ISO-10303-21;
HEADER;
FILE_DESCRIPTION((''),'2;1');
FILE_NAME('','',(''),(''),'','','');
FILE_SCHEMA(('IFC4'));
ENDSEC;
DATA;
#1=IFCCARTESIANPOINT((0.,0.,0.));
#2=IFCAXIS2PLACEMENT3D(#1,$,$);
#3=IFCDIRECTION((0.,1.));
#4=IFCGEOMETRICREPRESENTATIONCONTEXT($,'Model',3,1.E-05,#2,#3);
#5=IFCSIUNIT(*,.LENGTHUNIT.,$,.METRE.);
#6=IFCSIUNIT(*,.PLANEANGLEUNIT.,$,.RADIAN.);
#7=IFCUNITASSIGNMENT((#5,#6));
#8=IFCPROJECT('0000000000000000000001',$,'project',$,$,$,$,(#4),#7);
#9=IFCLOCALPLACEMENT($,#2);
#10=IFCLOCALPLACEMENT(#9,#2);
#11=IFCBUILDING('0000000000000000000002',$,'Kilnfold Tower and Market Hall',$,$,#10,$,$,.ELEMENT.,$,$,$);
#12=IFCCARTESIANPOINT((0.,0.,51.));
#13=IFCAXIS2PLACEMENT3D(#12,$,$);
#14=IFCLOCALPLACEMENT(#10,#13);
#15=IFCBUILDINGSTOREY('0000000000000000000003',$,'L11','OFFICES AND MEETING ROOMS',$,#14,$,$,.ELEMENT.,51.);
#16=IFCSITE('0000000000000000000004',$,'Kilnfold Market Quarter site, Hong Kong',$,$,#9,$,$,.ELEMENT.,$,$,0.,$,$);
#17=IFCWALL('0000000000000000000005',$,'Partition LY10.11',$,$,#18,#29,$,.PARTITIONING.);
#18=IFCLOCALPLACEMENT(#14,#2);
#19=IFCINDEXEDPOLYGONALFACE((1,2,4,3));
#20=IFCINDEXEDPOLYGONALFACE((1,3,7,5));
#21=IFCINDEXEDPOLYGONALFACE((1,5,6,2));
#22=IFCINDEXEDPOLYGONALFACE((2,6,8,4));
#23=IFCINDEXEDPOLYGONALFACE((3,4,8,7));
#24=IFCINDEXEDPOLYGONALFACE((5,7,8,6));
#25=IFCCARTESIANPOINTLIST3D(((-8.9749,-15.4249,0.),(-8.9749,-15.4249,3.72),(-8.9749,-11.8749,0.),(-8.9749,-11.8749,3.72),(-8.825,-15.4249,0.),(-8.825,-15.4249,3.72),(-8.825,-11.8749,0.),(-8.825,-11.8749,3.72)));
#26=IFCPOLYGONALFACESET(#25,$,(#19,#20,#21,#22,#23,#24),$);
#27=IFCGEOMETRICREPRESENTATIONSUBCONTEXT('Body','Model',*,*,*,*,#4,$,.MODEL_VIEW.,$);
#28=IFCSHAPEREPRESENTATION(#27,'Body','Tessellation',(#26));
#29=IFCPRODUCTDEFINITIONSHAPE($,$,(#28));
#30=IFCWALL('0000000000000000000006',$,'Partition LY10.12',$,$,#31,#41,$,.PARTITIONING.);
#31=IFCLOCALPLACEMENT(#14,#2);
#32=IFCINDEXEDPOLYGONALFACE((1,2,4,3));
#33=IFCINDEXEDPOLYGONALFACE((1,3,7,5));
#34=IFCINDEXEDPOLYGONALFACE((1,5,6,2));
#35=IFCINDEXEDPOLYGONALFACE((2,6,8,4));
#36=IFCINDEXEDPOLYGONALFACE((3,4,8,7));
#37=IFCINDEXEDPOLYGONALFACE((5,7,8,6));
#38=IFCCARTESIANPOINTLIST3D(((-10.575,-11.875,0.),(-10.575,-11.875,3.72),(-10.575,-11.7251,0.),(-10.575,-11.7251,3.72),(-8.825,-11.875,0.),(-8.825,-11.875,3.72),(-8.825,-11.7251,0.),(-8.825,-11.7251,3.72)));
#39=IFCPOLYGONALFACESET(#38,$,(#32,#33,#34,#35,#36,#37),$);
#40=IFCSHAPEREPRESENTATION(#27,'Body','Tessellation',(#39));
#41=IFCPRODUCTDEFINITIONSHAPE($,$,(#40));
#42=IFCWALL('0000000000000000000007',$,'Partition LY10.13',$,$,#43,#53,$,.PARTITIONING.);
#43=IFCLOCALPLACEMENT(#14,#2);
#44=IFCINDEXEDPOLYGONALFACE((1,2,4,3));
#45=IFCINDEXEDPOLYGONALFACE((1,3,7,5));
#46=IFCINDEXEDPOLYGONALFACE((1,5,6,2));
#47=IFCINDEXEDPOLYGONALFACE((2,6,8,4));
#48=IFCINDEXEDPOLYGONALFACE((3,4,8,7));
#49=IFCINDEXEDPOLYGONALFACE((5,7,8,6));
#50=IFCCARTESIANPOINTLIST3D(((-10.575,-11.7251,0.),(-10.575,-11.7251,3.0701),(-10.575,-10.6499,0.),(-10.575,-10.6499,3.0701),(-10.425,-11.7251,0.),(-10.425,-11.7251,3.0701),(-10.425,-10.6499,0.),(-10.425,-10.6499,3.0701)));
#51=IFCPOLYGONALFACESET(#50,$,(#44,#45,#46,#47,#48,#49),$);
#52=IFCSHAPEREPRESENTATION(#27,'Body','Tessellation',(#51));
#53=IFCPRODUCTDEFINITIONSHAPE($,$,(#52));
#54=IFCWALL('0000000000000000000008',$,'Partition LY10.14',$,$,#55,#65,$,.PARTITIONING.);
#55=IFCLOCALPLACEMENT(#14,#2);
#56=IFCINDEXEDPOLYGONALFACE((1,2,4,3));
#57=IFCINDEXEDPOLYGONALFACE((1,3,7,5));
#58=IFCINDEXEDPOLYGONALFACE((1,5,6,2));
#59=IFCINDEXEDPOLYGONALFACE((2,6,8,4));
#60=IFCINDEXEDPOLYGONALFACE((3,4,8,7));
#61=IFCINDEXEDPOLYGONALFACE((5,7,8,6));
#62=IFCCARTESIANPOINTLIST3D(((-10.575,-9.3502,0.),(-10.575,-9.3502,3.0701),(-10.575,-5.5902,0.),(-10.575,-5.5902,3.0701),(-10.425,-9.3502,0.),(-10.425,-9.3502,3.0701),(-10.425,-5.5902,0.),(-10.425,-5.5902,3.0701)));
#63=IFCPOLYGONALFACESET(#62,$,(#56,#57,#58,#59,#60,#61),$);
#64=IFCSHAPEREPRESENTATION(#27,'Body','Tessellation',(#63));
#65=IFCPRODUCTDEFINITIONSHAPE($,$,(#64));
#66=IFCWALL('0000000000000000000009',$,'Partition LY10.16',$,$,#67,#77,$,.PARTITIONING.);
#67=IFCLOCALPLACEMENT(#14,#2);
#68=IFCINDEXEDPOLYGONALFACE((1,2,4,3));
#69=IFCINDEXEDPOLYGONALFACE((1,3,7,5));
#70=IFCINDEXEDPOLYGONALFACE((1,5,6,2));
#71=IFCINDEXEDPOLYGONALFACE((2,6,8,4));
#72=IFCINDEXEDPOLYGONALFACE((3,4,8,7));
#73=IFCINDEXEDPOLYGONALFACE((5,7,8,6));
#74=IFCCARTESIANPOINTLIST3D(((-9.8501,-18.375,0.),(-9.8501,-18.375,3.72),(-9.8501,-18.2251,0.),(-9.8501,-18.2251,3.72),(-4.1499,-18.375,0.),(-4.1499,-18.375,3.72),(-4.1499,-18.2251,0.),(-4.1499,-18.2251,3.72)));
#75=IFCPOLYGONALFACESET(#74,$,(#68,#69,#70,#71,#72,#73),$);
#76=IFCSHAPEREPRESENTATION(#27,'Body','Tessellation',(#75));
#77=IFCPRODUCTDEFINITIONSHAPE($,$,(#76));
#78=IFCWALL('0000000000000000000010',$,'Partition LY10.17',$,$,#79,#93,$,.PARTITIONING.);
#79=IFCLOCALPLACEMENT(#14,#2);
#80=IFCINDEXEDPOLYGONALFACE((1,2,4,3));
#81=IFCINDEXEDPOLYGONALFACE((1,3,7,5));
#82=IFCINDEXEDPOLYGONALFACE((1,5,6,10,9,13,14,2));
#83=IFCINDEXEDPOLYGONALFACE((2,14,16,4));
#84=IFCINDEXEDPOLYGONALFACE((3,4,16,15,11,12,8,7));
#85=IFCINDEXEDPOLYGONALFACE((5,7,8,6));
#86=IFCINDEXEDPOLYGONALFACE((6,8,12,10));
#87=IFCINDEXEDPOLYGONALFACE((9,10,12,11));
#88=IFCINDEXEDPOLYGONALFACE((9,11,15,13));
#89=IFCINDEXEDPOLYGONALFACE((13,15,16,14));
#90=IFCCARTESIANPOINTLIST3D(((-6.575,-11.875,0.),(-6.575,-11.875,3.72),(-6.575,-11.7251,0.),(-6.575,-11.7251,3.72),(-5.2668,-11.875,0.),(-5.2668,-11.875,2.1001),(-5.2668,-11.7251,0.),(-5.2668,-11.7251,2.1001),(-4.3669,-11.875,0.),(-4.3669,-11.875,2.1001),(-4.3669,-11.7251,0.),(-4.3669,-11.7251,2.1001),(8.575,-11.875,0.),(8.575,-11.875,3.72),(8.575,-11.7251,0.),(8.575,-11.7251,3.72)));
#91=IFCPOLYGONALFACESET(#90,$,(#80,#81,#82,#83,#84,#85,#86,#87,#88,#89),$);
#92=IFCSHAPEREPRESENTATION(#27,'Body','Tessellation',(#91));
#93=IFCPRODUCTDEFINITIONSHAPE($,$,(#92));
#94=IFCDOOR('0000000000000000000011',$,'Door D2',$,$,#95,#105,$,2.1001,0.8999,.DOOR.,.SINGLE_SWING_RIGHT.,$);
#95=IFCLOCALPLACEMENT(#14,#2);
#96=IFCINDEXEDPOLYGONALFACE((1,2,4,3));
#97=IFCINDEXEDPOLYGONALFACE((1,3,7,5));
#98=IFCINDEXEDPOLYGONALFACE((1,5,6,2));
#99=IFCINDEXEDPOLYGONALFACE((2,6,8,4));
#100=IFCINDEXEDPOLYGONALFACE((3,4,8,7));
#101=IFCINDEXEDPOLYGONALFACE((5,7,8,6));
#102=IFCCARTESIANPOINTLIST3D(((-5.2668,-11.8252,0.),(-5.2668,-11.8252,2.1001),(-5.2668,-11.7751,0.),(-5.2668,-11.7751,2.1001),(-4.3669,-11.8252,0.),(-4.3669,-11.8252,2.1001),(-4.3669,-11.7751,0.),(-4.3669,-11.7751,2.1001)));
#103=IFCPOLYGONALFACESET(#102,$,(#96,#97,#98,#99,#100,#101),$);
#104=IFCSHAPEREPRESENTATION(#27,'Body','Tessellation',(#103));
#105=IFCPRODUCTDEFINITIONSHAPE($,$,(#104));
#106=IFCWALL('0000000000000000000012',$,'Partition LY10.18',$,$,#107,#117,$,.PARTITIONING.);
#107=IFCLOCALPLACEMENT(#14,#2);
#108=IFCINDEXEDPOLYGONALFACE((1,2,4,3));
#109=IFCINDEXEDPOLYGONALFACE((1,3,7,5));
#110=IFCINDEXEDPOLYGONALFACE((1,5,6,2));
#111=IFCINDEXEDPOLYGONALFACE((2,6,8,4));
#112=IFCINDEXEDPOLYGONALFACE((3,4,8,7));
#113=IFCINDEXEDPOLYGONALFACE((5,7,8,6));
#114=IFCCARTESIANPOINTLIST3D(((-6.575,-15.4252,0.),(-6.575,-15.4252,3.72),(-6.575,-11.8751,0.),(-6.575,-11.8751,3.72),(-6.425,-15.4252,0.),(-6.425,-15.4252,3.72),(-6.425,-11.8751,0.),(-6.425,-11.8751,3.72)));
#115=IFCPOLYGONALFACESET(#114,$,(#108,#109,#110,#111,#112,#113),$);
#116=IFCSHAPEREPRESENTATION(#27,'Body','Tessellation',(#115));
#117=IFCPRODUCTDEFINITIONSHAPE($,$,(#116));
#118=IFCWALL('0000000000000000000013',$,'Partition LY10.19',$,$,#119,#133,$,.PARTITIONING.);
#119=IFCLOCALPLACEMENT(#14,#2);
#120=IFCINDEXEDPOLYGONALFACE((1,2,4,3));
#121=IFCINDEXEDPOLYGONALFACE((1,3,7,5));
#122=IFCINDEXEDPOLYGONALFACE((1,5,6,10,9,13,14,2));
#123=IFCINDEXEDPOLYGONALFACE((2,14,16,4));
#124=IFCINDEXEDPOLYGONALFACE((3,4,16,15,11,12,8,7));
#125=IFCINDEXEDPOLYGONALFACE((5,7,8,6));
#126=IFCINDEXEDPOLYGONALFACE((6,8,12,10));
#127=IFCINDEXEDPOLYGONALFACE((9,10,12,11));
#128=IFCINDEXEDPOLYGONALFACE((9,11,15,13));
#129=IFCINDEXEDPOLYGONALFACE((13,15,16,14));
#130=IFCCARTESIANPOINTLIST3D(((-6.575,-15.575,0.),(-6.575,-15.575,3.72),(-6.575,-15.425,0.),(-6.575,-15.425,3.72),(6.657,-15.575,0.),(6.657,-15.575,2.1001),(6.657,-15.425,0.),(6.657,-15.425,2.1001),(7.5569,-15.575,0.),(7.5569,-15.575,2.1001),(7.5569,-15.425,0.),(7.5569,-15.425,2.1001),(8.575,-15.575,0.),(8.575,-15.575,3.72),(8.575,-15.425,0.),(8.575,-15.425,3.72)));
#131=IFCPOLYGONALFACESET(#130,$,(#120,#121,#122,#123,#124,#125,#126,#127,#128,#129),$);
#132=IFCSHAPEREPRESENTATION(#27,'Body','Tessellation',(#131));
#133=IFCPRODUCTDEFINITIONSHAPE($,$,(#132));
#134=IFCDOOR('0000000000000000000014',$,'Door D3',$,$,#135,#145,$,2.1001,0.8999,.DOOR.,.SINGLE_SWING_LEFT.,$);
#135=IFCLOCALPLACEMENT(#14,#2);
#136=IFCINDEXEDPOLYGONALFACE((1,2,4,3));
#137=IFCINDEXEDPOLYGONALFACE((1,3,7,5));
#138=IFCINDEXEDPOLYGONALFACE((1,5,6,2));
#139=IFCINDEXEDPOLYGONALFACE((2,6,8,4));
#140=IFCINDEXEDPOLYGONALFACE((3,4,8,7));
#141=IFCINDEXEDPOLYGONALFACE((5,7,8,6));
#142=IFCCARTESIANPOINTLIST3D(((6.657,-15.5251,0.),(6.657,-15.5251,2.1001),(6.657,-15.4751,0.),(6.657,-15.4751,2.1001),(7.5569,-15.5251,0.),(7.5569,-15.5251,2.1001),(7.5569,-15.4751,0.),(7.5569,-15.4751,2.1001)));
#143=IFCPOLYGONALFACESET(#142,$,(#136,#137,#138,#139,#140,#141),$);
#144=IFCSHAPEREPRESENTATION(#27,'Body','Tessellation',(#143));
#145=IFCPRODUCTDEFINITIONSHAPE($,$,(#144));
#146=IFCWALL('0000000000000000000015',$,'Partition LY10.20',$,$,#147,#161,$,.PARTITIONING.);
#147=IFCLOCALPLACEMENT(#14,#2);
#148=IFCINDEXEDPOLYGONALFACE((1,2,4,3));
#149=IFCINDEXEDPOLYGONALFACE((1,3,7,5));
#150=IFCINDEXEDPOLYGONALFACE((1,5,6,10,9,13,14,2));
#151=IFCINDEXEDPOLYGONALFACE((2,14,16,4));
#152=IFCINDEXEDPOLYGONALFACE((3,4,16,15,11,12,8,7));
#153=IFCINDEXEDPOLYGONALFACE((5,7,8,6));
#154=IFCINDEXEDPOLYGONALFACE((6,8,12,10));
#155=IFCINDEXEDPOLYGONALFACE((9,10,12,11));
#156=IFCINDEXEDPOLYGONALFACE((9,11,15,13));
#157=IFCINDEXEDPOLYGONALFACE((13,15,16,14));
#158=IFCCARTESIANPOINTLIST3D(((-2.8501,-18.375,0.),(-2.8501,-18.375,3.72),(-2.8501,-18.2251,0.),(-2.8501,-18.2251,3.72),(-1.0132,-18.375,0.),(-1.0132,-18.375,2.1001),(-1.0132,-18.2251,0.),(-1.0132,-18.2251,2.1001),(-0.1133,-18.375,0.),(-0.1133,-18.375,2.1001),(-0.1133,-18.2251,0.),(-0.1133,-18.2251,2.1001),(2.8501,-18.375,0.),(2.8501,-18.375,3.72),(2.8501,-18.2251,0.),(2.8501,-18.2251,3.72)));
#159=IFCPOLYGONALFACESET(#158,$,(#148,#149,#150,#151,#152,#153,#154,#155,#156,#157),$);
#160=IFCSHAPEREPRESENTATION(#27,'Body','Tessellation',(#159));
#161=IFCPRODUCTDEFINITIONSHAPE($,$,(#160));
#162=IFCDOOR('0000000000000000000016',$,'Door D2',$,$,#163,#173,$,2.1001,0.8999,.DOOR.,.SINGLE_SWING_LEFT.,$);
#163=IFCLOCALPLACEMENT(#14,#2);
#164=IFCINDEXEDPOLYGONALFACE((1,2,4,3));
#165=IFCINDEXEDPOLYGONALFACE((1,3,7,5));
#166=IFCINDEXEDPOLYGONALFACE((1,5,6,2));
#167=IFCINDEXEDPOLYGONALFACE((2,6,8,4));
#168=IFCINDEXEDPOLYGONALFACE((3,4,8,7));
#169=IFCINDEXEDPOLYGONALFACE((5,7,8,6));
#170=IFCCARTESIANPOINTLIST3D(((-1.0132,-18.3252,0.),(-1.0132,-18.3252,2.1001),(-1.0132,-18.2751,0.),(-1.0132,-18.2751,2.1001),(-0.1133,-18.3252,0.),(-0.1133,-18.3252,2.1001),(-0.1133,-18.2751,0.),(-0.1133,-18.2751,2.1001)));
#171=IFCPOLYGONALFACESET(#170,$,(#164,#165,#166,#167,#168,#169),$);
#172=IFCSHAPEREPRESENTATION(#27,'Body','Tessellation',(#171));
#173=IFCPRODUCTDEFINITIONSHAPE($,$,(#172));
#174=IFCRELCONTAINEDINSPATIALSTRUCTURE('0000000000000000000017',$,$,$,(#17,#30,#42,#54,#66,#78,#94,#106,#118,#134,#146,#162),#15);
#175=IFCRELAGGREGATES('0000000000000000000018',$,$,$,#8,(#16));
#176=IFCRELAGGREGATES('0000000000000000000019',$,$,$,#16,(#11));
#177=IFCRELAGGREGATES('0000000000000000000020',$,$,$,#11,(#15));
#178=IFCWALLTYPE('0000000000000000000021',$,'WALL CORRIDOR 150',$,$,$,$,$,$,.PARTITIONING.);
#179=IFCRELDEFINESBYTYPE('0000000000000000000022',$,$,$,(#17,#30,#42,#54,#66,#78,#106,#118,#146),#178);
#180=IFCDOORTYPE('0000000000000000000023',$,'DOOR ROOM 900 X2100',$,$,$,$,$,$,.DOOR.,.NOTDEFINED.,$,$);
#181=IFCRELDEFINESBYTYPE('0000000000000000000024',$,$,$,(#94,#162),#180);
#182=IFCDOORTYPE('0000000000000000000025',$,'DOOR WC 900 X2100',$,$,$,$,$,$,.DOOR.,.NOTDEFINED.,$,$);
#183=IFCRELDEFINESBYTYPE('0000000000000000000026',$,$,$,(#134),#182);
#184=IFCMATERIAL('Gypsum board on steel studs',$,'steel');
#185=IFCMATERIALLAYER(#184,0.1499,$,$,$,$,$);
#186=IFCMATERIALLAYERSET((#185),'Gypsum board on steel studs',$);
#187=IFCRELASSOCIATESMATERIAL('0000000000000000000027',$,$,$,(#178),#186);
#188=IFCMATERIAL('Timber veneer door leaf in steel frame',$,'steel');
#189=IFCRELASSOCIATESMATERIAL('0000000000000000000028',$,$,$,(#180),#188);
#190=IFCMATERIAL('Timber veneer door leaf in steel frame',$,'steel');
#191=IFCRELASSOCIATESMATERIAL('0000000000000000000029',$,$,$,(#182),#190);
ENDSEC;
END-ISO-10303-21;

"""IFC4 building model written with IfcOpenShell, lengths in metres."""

from ifc_helpers import new_model, si_unit, direction, frame, frame_2d, origin, place, context, subcontext, project, spatial, rectangle, extrude, material, layer, layer_set, type_object, element, fill, save


model = new_model("IFC4")

# Units and contexts
model_context = context("Model", 3, precision=1e-05, world=origin(), true_north=direction((0.0, 1.0)))
body_context = subcontext(model_context, "Body", "Model", "MODEL_VIEW")
ifc_project = project(units=[si_unit("LENGTHUNIT", "METRE"), si_unit("PLANEANGLEUNIT", "RADIAN")], contexts=[model_context])

# Site, building, storey
site_placement = place(None, origin())
site = spatial("IfcSite", under=ifc_project, at=site_placement, Name="Kilnfold Market Quarter site, Hong Kong", CompositionType="ELEMENT", RefElevation=0.0)
building_placement = place(site_placement, origin())
building = spatial("IfcBuilding", under=site, at=building_placement, Name="Kilnfold Tower and Market Hall", CompositionType="ELEMENT")
storey_placement = place(building_placement, frame((0.0, 0.0, 51.0)))
storey = spatial("IfcBuildingStorey", under=building, at=storey_placement, Name="L11", Description="OFFICES AND MEETING ROOMS", CompositionType="ELEMENT", Elevation=51.0)

# Walls
ifc_material_1 = material(Name="Gypsum board on steel studs", Category="steel")
ifc_layer_1 = layer(ifc_material_1, 0.1499)
ifc_layer_set_1 = layer_set([ifc_layer_1], Name="Gypsum board on steel studs")
wall_type_1 = type_object("IfcWallType", Name="WALL CORRIDOR 150", PredefinedType="PARTITIONING", material=ifc_layer_set_1)
wall_1_placement = place(storey_placement, frame((-8.8999, -11.875, 0.0), z_axis=(0.0, 0.0, 1.0), x_axis=(0.0, -1.0, 0.0)))
element("IfcWall", 1, at=wall_1_placement, inside=storey, type_object=wall_type_1, Name="Partition LY10.11", PredefinedType="PARTITIONING", context=body_context, shape_type="SweptSolid", body=[
    extrude(rectangle(XDim=3.55, YDim=0.1499, at=frame_2d((1.7749, 0.0))), origin(), (0.0, 0.0, 1.0), 3.72),
])
wall_2_placement = place(storey_placement, frame((-10.575, -11.8, 0.0), z_axis=(0.0, 0.0, 1.0), x_axis=(1.0, 0.0, 0.0)))
element("IfcWall", 2, at=wall_2_placement, inside=storey, type_object=wall_type_1, Name="Partition LY10.12", PredefinedType="PARTITIONING", context=body_context, shape_type="SweptSolid", body=[
    extrude(rectangle(XDim=1.75, YDim=0.1499, at=frame_2d((0.875, 0.0))), origin(), (0.0, 0.0, 1.0), 3.72),
])
wall_3_placement = place(storey_placement, frame((-10.5, -11.7251, 0.0), z_axis=(0.0, 0.0, 1.0), x_axis=(0.0, 1.0, 0.0)))
element("IfcWall", 3, at=wall_3_placement, inside=storey, type_object=wall_type_1, Name="Partition LY10.13", PredefinedType="PARTITIONING", context=body_context, shape_type="SweptSolid", body=[
    extrude(rectangle(XDim=1.0752, YDim=0.1499, at=frame_2d((0.5376, 0.0))), origin(), (0.0, 0.0, 1.0), 3.0701),
])
wall_4_placement = place(storey_placement, frame((-10.5, -9.3501, 0.0), z_axis=(0.0, 0.0, 1.0), x_axis=(0.0, 1.0, 0.0)))
element("IfcWall", 4, at=wall_4_placement, inside=storey, type_object=wall_type_1, Name="Partition LY10.14", PredefinedType="PARTITIONING", context=body_context, shape_type="SweptSolid", body=[
    extrude(rectangle(XDim=3.76, YDim=0.1499, at=frame_2d((1.8799, 0.0))), origin(), (0.0, 0.0, 1.0), 3.0701),
])
wall_5_placement = place(storey_placement, frame((-9.8501, -18.3, 0.0), z_axis=(0.0, 0.0, 1.0), x_axis=(1.0, 0.0, 0.0)))
element("IfcWall", 5, at=wall_5_placement, inside=storey, type_object=wall_type_1, Name="Partition LY10.16", PredefinedType="PARTITIONING", context=body_context, shape_type="SweptSolid", body=[
    extrude(rectangle(XDim=5.7002, YDim=0.1499, at=frame_2d((2.8501, 0.0))), origin(), (0.0, 0.0, 1.0), 3.72),
])

# Wall, opening, door
wall_6_placement = place(storey_placement, frame((-6.575, -11.8, 0.0), z_axis=(0.0, 0.0, 1.0), x_axis=(1.0, 0.0, 0.0)))
wall_6 = element("IfcWall", 6, at=wall_6_placement, inside=storey, type_object=wall_type_1, Name="Partition LY10.17", PredefinedType="PARTITIONING", context=body_context, shape_type="SweptSolid", body=[
    extrude(rectangle(XDim=15.1499, YDim=0.1499, at=frame_2d((7.575, 0.0))), origin(), (0.0, 0.0, 1.0), 3.72),
])
opening_1_placement = place(wall_6_placement, frame((1.3081, 0.0, 0.0)))
opening_1 = element("IfcOpeningElement", 7, at=opening_1_placement, cuts=wall_6, PredefinedType="OPENING", context=body_context, shape_type="SweptSolid", body=[
    extrude(rectangle(XDim=0.8999, YDim=2.1001, at=frame_2d((0.45, 1.05))), frame((0.0, 0.085, 0.0), z_axis=(0.0, -1.0, 0.0), x_axis=(1.0, 0.0, 0.0)), (0.0, 0.0, 1.0), 0.1699),
])
ifc_material_2 = material(Name="Timber veneer door leaf in steel frame", Category="steel")
door_type_1 = type_object("IfcDoorType", Name="DOOR ROOM 900 X2100", OperationType="NOTDEFINED", PredefinedType="DOOR", material=ifc_material_2)
door_1_placement = place(opening_1_placement, origin())
door_1 = element("IfcDoor", 8, at=door_1_placement, inside=storey, type_object=door_type_1, Name="Door D2", OperationType="SINGLE_SWING_RIGHT", OverallHeight=2.1001, OverallWidth=0.8999, PredefinedType="DOOR", context=body_context, shape_type="SweptSolid", body=[
    extrude(rectangle(XDim=0.8999, YDim=2.1001, at=frame_2d((0.45, 1.05))), frame((0.0, 0.0249, 0.0), z_axis=(0.0, -1.0, 0.0), x_axis=(1.0, 0.0, 0.0)), (0.0, 0.0, 1.0), 0.05),
])
fill(opening_1, door_1)

# Wall
wall_7_placement = place(storey_placement, frame((-6.5, -15.425, 0.0), z_axis=(0.0, 0.0, 1.0), x_axis=(0.0, 1.0, 0.0)))
element("IfcWall", 9, at=wall_7_placement, inside=storey, type_object=wall_type_1, Name="Partition LY10.18", PredefinedType="PARTITIONING", context=body_context, shape_type="SweptSolid", body=[
    extrude(rectangle(XDim=3.55, YDim=0.1499, at=frame_2d((1.7749, 0.0))), origin(), (0.0, 0.0, 1.0), 3.72),
])

# Walls, openings, doors
wall_8_placement = place(storey_placement, frame((-6.575, -15.5, 0.0), z_axis=(0.0, 0.0, 1.0), x_axis=(1.0, 0.0, 0.0)))
wall_8 = element("IfcWall", 10, at=wall_8_placement, inside=storey, type_object=wall_type_1, Name="Partition LY10.19", PredefinedType="PARTITIONING", context=body_context, shape_type="SweptSolid", body=[
    extrude(rectangle(XDim=15.1499, YDim=0.1499, at=frame_2d((7.575, 0.0))), origin(), (0.0, 0.0, 1.0), 3.72),
])
opening_2_placement = place(wall_8_placement, frame((13.2319, 0.0, 0.0)))
opening_2 = element("IfcOpeningElement", 11, at=opening_2_placement, cuts=wall_8, PredefinedType="OPENING", context=body_context, shape_type="SweptSolid", body=[
    extrude(rectangle(XDim=0.8999, YDim=2.1001, at=frame_2d((0.45, 1.05))), frame((0.0, 0.085, 0.0), z_axis=(0.0, -1.0, 0.0), x_axis=(1.0, 0.0, 0.0)), (0.0, 0.0, 1.0), 0.1699),
])
ifc_material_3 = material(Name="Timber veneer door leaf in steel frame", Category="steel")
door_type_2 = type_object("IfcDoorType", Name="DOOR WC 900 X2100", OperationType="NOTDEFINED", PredefinedType="DOOR", material=ifc_material_3)
door_2_placement = place(opening_2_placement, origin())
door_2 = element("IfcDoor", 12, at=door_2_placement, inside=storey, type_object=door_type_2, Name="Door D3", OperationType="SINGLE_SWING_LEFT", OverallHeight=2.1001, OverallWidth=0.8999, PredefinedType="DOOR", context=body_context, shape_type="SweptSolid", body=[
    extrude(rectangle(XDim=0.8999, YDim=2.1001, at=frame_2d((0.45, 1.05))), frame((0.0, 0.0249, 0.0), z_axis=(0.0, -1.0, 0.0), x_axis=(1.0, 0.0, 0.0)), (0.0, 0.0, 1.0), 0.05),
])
fill(opening_2, door_2)
wall_9_placement = place(storey_placement, frame((-2.8501, -18.3, 0.0), z_axis=(0.0, 0.0, 1.0), x_axis=(1.0, 0.0, 0.0)))
wall_9 = element("IfcWall", 13, at=wall_9_placement, inside=storey, type_object=wall_type_1, Name="Partition LY10.20", PredefinedType="PARTITIONING", context=body_context, shape_type="SweptSolid", body=[
    extrude(rectangle(XDim=5.7002, YDim=0.1499, at=frame_2d((2.8501, 0.0))), origin(), (0.0, 0.0, 1.0), 3.72),
])
opening_3_placement = place(wall_9_placement, frame((1.8369, 0.0, 0.0)))
opening_3 = element("IfcOpeningElement", 14, at=opening_3_placement, cuts=wall_9, PredefinedType="OPENING", context=body_context, shape_type="SweptSolid", body=[
    extrude(rectangle(XDim=0.8999, YDim=2.1001, at=frame_2d((0.45, 1.05))), frame((0.0, 0.085, 0.0), z_axis=(0.0, -1.0, 0.0), x_axis=(1.0, 0.0, 0.0)), (0.0, 0.0, 1.0), 0.1699),
])
door_3_placement = place(opening_3_placement, origin())
door_3 = element("IfcDoor", 15, at=door_3_placement, inside=storey, type_object=door_type_1, Name="Door D2", OperationType="SINGLE_SWING_LEFT", OverallHeight=2.1001, OverallWidth=0.8999, PredefinedType="DOOR", context=body_context, shape_type="SweptSolid", body=[
    extrude(rectangle(XDim=0.8999, YDim=2.1001, at=frame_2d((0.45, 1.05))), frame((0.0, 0.0249, 0.0), z_axis=(0.0, -1.0, 0.0), x_axis=(1.0, 0.0, 0.0)), (0.0, 0.0, 1.0), 0.05),
])
fill(opening_3, door_3)

save(model, "model.ifc")
